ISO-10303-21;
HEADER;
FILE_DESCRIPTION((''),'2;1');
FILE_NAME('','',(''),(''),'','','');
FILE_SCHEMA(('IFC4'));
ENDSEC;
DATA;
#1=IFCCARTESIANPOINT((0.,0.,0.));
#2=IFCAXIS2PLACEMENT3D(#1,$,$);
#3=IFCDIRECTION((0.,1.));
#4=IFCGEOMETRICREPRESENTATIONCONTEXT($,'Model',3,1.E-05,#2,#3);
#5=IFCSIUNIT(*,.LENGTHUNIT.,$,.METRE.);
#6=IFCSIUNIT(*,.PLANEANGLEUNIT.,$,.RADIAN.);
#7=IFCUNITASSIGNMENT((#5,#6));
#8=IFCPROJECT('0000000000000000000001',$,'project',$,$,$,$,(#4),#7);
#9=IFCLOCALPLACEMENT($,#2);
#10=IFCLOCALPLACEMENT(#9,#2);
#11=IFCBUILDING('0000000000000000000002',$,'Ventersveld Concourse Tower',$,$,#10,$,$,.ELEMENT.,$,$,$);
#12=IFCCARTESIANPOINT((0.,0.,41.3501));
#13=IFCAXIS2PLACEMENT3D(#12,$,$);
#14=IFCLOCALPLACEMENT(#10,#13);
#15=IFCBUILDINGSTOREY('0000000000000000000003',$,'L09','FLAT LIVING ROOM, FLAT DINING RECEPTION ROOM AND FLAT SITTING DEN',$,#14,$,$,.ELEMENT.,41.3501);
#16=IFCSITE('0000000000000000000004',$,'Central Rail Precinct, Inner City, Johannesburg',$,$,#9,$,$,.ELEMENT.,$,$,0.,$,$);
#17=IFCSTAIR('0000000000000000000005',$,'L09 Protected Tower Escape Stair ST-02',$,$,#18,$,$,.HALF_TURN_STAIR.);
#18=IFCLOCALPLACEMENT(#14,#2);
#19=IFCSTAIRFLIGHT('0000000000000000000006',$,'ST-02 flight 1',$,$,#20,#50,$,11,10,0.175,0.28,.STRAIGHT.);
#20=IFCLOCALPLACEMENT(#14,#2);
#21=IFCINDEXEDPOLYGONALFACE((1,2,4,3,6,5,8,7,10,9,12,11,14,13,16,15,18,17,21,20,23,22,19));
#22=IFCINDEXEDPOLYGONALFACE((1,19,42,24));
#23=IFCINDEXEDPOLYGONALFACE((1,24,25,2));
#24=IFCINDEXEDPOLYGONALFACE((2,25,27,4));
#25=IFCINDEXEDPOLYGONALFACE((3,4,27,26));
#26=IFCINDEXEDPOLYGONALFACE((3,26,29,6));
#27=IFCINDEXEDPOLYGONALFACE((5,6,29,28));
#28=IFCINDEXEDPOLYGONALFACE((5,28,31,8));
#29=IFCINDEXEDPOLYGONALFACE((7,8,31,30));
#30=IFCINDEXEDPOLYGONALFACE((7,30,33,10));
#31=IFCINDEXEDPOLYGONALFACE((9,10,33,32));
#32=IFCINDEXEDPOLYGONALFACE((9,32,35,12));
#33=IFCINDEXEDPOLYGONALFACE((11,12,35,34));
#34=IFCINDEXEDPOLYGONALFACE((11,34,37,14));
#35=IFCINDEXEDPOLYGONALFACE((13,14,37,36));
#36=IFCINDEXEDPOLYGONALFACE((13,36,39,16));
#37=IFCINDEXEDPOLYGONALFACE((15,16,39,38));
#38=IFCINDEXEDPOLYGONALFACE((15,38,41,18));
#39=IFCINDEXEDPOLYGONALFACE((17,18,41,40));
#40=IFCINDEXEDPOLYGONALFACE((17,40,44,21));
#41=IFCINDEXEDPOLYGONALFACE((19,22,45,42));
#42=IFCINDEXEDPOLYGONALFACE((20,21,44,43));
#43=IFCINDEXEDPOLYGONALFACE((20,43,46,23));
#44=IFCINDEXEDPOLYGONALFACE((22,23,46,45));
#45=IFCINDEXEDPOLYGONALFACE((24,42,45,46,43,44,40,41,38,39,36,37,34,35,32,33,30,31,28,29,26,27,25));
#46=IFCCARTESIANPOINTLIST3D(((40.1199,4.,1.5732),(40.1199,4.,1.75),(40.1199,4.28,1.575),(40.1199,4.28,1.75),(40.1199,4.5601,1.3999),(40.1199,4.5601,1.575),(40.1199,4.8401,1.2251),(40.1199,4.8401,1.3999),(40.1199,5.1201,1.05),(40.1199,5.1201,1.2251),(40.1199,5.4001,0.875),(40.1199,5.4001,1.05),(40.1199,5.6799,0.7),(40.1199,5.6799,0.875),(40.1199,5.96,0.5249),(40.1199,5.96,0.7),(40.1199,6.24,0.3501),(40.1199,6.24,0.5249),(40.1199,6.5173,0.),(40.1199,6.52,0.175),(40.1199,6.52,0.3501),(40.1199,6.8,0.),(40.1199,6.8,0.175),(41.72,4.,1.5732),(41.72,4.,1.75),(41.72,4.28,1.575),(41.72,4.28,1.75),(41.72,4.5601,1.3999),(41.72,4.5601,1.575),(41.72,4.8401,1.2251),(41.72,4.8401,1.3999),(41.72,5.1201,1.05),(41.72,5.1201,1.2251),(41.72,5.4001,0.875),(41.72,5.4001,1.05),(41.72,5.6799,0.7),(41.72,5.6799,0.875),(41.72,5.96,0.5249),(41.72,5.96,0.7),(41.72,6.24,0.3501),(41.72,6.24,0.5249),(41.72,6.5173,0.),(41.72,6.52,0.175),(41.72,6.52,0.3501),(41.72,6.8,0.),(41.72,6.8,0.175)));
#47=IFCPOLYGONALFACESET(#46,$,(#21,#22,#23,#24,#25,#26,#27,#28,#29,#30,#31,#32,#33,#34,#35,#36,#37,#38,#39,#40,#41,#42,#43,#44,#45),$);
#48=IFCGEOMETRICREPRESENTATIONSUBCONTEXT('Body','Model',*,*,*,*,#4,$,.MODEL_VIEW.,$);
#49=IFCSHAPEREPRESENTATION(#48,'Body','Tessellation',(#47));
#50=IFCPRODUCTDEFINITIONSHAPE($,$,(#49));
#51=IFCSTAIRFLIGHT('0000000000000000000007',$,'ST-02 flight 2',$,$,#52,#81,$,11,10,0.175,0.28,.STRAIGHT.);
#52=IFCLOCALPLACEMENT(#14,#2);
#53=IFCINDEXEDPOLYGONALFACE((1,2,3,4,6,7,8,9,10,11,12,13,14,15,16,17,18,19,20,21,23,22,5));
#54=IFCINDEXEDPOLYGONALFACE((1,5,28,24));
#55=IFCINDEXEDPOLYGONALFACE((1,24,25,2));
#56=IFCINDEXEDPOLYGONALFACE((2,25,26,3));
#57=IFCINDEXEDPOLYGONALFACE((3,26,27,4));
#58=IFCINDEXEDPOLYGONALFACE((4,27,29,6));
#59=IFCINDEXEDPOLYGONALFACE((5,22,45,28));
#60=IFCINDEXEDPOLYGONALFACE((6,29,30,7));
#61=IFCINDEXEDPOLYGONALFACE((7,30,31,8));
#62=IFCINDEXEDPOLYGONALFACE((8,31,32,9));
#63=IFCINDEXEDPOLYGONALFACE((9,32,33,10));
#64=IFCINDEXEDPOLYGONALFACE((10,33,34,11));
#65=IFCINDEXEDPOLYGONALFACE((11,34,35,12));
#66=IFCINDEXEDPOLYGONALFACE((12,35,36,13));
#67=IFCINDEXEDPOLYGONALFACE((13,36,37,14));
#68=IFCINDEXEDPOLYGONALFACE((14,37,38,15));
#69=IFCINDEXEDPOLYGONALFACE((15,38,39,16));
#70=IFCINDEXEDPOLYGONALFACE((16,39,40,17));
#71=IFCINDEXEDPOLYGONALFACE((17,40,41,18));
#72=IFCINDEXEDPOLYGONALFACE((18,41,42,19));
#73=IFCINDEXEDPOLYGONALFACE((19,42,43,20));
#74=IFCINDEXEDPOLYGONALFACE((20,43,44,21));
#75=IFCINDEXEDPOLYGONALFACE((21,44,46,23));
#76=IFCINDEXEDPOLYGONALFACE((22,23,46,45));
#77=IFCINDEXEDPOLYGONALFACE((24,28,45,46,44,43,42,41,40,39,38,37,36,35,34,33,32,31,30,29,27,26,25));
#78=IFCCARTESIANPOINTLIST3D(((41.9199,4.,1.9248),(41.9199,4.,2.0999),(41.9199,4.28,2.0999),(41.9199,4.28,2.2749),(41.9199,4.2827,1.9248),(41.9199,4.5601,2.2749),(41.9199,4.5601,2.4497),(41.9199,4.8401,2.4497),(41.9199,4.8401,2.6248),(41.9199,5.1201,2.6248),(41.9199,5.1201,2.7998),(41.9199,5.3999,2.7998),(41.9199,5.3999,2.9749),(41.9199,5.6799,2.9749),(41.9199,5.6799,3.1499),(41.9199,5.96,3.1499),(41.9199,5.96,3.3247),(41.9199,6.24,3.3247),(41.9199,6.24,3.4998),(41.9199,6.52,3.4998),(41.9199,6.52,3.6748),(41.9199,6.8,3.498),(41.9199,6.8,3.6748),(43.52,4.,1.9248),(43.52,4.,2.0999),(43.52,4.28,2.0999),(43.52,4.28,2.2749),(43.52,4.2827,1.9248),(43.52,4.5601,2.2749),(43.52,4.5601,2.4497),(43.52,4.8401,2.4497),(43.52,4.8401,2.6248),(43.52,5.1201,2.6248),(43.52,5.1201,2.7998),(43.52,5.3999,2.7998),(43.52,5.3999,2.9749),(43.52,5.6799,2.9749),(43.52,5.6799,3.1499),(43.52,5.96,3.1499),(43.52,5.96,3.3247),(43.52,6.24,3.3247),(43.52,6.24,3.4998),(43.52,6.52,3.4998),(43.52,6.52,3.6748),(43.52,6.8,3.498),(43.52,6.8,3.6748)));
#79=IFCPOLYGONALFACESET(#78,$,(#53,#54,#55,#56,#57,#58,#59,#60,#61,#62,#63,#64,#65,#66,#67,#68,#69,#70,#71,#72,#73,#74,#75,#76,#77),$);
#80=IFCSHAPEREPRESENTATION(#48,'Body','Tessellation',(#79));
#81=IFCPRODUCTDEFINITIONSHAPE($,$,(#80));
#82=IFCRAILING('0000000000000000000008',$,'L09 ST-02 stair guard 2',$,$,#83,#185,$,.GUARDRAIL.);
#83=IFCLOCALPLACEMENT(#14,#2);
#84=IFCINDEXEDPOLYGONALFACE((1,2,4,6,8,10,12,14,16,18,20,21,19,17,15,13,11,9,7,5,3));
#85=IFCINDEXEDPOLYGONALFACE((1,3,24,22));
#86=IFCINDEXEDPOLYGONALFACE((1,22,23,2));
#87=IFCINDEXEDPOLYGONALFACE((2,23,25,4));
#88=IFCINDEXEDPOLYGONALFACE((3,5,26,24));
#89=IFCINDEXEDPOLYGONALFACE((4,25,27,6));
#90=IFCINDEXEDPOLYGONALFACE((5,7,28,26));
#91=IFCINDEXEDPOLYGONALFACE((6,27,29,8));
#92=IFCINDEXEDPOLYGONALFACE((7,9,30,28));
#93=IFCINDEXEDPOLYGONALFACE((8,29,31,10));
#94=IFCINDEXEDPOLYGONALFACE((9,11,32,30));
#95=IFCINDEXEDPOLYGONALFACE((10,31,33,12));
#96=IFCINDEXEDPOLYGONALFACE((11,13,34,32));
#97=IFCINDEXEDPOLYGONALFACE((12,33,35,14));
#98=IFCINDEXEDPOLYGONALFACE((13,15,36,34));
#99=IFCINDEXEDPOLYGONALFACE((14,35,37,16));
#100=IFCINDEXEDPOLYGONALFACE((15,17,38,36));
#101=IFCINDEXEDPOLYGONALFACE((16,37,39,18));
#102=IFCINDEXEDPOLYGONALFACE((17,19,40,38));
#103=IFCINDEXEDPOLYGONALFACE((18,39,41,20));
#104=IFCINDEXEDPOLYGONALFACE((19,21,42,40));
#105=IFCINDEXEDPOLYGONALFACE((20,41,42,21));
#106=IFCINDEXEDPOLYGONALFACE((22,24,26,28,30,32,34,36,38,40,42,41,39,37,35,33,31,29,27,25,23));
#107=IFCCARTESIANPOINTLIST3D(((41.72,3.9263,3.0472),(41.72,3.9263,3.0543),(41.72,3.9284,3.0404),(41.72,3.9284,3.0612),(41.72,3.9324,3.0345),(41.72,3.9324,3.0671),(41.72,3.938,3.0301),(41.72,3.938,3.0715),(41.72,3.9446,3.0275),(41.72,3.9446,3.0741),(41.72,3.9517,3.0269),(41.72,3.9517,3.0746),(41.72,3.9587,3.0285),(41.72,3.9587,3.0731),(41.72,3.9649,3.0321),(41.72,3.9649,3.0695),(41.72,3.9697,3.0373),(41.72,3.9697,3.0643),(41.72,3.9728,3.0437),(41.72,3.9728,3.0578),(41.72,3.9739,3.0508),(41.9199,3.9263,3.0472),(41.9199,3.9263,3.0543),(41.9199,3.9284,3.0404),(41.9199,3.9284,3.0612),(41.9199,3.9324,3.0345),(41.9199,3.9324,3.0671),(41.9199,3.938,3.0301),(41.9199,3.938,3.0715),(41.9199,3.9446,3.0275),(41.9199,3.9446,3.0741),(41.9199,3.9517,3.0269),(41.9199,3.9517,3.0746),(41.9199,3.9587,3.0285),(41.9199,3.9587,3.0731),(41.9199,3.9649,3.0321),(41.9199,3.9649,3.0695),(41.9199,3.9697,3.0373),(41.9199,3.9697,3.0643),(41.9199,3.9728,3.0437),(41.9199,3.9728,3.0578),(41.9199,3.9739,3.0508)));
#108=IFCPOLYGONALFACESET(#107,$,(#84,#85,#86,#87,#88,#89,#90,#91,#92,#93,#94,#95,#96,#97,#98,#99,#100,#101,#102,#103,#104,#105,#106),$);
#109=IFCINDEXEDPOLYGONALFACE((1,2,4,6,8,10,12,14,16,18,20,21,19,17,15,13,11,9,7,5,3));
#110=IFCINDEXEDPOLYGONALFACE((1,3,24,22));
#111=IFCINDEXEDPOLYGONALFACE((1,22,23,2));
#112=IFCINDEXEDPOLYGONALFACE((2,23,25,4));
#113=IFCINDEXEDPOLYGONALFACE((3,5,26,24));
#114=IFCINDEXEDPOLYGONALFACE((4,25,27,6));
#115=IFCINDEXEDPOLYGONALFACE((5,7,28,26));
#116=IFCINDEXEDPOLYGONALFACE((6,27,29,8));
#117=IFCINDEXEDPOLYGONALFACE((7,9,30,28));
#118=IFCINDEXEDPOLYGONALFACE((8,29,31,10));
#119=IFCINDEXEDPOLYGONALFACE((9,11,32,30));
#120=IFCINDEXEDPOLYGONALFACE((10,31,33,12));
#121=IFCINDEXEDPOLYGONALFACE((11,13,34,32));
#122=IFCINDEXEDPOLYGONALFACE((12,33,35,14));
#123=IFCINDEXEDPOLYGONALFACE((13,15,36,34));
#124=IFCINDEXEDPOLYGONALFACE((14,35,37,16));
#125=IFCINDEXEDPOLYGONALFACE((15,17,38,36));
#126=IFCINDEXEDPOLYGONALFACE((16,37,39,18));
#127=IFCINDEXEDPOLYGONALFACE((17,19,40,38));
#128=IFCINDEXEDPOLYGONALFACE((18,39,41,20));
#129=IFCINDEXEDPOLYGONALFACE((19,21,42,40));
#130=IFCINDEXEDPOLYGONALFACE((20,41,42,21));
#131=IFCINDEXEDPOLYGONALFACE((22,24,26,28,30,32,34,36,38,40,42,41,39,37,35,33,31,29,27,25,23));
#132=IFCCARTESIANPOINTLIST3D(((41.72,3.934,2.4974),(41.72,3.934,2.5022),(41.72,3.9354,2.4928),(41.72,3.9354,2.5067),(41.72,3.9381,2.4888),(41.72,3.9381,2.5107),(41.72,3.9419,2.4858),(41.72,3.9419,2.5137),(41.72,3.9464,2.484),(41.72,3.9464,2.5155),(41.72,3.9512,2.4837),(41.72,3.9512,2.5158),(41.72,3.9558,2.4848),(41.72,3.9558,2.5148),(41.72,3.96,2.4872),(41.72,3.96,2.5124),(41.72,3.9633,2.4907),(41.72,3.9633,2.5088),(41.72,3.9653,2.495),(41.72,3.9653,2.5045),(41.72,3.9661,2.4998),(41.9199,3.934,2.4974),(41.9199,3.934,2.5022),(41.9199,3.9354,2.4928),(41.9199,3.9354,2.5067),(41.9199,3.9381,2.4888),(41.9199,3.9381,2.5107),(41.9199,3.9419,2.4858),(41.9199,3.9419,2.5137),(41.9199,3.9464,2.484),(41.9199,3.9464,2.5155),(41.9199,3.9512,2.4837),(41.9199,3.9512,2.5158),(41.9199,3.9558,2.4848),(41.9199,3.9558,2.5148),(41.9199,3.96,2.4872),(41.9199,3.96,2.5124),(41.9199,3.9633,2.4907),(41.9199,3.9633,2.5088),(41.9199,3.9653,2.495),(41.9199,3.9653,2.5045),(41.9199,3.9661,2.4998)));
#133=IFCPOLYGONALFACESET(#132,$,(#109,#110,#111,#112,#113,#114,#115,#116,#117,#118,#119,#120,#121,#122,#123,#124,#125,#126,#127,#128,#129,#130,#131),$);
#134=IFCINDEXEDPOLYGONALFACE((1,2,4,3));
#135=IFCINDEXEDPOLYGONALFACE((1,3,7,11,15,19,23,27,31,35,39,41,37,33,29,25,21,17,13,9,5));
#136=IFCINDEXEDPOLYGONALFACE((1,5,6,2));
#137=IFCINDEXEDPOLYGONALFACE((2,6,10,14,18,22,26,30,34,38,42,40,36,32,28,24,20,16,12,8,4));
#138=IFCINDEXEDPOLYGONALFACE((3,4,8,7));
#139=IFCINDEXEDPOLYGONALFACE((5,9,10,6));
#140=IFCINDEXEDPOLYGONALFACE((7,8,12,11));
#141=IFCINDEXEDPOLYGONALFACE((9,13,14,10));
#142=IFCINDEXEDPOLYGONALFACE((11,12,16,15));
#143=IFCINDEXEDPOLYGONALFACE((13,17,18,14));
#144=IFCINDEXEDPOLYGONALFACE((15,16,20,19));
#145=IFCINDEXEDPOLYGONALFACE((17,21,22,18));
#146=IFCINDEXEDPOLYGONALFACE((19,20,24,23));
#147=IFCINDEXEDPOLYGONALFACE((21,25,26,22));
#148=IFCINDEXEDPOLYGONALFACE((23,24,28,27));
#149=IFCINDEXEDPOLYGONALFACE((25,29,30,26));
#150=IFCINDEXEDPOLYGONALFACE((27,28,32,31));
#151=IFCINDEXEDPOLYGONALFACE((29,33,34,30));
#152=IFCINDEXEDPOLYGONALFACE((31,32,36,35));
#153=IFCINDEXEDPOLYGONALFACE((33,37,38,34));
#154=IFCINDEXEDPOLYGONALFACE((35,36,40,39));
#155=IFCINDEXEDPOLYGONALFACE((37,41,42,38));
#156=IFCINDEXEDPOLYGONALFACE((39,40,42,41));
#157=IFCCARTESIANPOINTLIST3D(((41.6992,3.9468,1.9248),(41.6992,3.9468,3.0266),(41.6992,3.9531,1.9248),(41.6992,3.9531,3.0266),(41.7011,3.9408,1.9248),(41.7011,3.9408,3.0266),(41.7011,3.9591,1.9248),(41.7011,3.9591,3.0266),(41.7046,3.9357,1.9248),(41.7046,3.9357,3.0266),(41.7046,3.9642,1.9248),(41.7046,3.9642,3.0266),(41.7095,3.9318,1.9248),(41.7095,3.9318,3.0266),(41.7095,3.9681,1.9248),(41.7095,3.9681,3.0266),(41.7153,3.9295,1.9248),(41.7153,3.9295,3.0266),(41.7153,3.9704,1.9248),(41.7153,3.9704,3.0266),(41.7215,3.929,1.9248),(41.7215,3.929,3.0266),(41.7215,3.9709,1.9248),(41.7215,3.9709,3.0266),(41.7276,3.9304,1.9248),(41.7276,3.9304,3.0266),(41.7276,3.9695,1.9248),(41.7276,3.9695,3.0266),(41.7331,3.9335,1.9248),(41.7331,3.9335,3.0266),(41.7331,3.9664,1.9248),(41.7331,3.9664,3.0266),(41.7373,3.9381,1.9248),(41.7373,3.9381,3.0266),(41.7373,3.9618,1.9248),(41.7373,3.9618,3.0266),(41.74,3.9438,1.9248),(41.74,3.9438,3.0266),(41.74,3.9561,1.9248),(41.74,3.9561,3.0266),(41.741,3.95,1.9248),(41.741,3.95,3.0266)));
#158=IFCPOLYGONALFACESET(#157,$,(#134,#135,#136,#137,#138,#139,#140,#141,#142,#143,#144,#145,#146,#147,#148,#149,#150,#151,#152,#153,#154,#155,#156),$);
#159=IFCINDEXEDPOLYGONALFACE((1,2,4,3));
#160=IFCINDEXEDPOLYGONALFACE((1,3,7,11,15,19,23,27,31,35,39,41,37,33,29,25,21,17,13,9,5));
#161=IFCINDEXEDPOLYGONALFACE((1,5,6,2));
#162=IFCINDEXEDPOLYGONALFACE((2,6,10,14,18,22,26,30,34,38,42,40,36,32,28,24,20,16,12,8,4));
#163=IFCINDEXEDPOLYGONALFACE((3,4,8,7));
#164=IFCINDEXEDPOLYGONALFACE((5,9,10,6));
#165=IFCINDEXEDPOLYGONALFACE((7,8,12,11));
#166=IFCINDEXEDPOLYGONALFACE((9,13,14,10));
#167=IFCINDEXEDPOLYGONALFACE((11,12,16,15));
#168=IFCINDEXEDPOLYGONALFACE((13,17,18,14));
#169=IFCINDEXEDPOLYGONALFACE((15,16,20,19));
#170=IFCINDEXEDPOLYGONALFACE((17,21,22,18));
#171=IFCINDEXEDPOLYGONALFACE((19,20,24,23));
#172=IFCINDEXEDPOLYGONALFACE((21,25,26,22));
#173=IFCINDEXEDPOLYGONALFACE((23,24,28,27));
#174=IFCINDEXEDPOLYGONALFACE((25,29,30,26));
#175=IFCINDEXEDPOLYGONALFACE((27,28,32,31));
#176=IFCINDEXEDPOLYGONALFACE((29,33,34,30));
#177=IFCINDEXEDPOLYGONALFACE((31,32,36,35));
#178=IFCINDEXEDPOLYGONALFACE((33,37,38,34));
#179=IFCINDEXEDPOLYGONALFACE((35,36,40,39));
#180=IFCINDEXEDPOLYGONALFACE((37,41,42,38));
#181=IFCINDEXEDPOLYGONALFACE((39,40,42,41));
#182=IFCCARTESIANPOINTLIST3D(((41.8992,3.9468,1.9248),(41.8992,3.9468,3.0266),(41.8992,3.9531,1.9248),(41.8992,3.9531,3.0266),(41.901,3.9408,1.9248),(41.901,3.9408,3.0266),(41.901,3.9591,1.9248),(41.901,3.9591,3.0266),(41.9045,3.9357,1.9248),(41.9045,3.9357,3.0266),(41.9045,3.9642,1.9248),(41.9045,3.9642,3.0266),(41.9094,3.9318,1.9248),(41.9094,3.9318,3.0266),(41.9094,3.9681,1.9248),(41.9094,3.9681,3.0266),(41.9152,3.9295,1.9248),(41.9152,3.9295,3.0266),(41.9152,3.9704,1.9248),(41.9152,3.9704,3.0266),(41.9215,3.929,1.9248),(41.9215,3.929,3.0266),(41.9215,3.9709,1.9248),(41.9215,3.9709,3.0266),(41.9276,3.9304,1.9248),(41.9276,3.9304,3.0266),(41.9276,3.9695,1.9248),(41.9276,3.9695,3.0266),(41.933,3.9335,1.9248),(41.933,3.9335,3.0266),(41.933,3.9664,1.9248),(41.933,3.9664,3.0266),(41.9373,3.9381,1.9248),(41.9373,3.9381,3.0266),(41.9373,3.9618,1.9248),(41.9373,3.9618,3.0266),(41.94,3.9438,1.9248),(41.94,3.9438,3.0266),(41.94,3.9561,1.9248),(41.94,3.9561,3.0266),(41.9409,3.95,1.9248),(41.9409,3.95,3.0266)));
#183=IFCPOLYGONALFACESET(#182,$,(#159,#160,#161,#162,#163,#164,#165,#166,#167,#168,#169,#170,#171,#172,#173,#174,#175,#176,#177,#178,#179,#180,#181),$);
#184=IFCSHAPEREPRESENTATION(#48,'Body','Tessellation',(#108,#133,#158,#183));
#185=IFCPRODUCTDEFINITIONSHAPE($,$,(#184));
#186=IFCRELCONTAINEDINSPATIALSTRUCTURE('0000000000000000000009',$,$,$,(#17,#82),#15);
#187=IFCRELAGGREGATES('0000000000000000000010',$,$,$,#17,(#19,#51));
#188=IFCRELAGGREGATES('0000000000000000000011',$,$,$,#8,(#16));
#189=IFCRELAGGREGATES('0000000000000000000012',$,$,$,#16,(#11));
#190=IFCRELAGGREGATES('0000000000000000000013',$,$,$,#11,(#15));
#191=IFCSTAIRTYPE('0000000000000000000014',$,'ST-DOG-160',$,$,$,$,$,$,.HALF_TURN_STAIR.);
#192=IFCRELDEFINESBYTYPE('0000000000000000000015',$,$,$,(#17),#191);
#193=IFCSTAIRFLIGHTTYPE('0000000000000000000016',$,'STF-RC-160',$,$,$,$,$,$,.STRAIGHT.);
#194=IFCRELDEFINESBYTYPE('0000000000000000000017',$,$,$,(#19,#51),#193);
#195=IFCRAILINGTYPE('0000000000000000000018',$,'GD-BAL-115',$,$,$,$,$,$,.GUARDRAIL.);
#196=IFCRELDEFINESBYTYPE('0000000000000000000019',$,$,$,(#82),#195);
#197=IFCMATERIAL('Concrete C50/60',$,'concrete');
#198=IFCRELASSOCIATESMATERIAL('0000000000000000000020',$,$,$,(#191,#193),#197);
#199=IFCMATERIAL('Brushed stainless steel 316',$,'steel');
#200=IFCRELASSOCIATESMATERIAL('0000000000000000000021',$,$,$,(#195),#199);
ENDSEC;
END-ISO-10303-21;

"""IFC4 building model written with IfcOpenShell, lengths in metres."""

from ifc_helpers import new_model, si_unit, direction, frame, origin, origin_2d, place, context, subcontext, project, spatial, polyline, circle, outline, extrude, material, type_object, element, aggregate, save


model = new_model("IFC4")

# Units and contexts
model_context = context("Model", 3, precision=1e-05, world=origin(), true_north=direction((0.0, 1.0)))
body_context = subcontext(model_context, "Body", "Model", "MODEL_VIEW")
ifc_project = project(units=[si_unit("LENGTHUNIT", "METRE"), si_unit("PLANEANGLEUNIT", "RADIAN")], contexts=[model_context])

# Site, building, storey
site_placement = place(None, origin())
site = spatial("IfcSite", under=ifc_project, at=site_placement, Name="Central Rail Precinct, Inner City, Johannesburg", CompositionType="ELEMENT", RefElevation=0.0)
building_placement = place(site_placement, origin())
building = spatial("IfcBuilding", under=site, at=building_placement, Name="Ventersveld Concourse Tower", CompositionType="ELEMENT")
storey_placement = place(building_placement, frame((0.0, 0.0, 41.3501)))
storey = spatial("IfcBuildingStorey", under=building, at=storey_placement, Name="L09", Description="FLAT LIVING ROOM, FLAT DINING RECEPTION ROOM AND FLAT SITTING DEN", CompositionType="ELEMENT", Elevation=41.3501)

# Shared definitions
ifc_material_1 = material(Name="Concrete C50/60", Category="concrete")

# Stair, stair flights
stair_type = type_object("IfcStairType", Name="ST-DOG-160", PredefinedType="HALF_TURN_STAIR", material=ifc_material_1)
stair_placement = place(storey_placement, origin())
stair = element("IfcStair", 1, at=stair_placement, inside=storey, type_object=stair_type, Name="L09 Protected Tower Escape Stair ST-02", PredefinedType="HALF_TURN_STAIR")
stair_flight_type = type_object("IfcStairFlightType", Name="STF-RC-160", PredefinedType="STRAIGHT", material=ifc_material_1)
stair_flight_1_placement = place(storey_placement, frame((40.9199, 6.8, 0.0), z_axis=(0.0, 0.0, 1.0), x_axis=(0.0, -1.0, 0.0)))
stair_flight_1 = element("IfcStairFlight", 2, at=stair_flight_1_placement, type_object=stair_flight_type, Name="ST-02 flight 1", NumberOfRisers=11, NumberOfTreads=10, PredefinedType="STRAIGHT", RiserHeight=0.175, TreadLength=0.28, context=body_context, shape_type="SweptSolid", body=[
    extrude(outline(polyline([(0.0, 0.0), (0.0, 0.175), (0.28, 0.175), (0.28, 0.3501), (0.5601, 0.3501), (0.5601, 0.5249), (0.8401, 0.5249), (0.8401, 0.7), (1.1201, 0.7), (1.1201, 0.875), (1.3999, 0.875), (1.3999, 1.05), (1.6799, 1.05), (1.6799, 1.2251), (1.96, 1.2251), (1.96, 1.3999), (2.24, 1.3999), (2.24, 1.575), (2.52, 1.575), (2.52, 1.75), (2.8, 1.75), (2.8, 1.925), (2.8, 1.5732), (0.2827, 0.0), (0.0, 0.0)])), frame((0.0, 0.8, 0.0), z_axis=(0.0, -1.0, 0.0), x_axis=(1.0, 0.0, 0.0)), (0.0, 0.0, 1.0), 1.6001),
])
stair_flight_2_placement = place(storey_placement, frame((42.72, 4.0, 1.9248), z_axis=(0.0, 0.0, 1.0), x_axis=(0.0, 1.0, 0.0)))
stair_flight_2 = element("IfcStairFlight", 3, at=stair_flight_2_placement, type_object=stair_flight_type, Name="ST-02 flight 2", NumberOfRisers=11, NumberOfTreads=10, PredefinedType="STRAIGHT", RiserHeight=0.175, TreadLength=0.28, context=body_context, shape_type="SweptSolid", body=[
    extrude(outline(polyline([(0.0, 0.0), (0.0, 0.175), (0.28, 0.175), (0.28, 0.3501), (0.5601, 0.3501), (0.5601, 0.5249), (0.8401, 0.5249), (0.8401, 0.7), (1.1201, 0.7), (1.1201, 0.875), (1.3999, 0.875), (1.3999, 1.05), (1.6799, 1.05), (1.6799, 1.2251), (1.96, 1.2251), (1.96, 1.3999), (2.24, 1.3999), (2.24, 1.575), (2.52, 1.575), (2.52, 1.75), (2.8, 1.75), (2.8, 1.925), (2.8, 1.5732), (0.2827, 0.0), (0.0, 0.0)])), frame((0.0, 0.8, 0.0), z_axis=(0.0, -1.0, 0.0), x_axis=(1.0, 0.0, 0.0)), (0.0, 0.0, 1.0), 1.6001),
])
aggregate(stair, [stair_flight_1, stair_flight_2])

# Railing
ifc_material_2 = material(Name="Brushed stainless steel 316", Category="steel")
railing_type_1 = type_object("IfcRailingType", Name="GD-BAL-115", PredefinedType="GUARDRAIL", material=ifc_material_2)
railing_1_placement = place(storey_placement, frame((41.72, 3.95, 1.9248)))
element("IfcRailing", 4, at=railing_1_placement, inside=storey, type_object=railing_type_1, Name="L09 ST-02 stair guard 2", PredefinedType="GUARDRAIL", context=body_context, shape_type="SweptSolid", body=[
    extrude(circle(Radius=0.0239, at=origin_2d()), frame((0.0, 0.0, 1.126), z_axis=(1.0, 0.0, 0.0), x_axis=(0.0, 1.0, 0.0)), (0.0, 0.0, 1.0), 0.2),
    extrude(circle(Radius=0.0161, at=origin_2d()), frame((0.0, 0.0, 0.575), z_axis=(1.0, 0.0, 0.0), x_axis=(0.0, 1.0, 0.0)), (0.0, 0.0, 1.0), 0.2),
    extrude(circle(Radius=0.021, at=origin_2d()), origin(), (0.0, 0.0, 1.0), 1.1018),
    extrude(circle(Radius=0.021, at=origin_2d()), frame((0.2, 0.0, 0.0)), (0.0, 0.0, 1.0), 1.1018),
])

save(model, "model.ifc")
